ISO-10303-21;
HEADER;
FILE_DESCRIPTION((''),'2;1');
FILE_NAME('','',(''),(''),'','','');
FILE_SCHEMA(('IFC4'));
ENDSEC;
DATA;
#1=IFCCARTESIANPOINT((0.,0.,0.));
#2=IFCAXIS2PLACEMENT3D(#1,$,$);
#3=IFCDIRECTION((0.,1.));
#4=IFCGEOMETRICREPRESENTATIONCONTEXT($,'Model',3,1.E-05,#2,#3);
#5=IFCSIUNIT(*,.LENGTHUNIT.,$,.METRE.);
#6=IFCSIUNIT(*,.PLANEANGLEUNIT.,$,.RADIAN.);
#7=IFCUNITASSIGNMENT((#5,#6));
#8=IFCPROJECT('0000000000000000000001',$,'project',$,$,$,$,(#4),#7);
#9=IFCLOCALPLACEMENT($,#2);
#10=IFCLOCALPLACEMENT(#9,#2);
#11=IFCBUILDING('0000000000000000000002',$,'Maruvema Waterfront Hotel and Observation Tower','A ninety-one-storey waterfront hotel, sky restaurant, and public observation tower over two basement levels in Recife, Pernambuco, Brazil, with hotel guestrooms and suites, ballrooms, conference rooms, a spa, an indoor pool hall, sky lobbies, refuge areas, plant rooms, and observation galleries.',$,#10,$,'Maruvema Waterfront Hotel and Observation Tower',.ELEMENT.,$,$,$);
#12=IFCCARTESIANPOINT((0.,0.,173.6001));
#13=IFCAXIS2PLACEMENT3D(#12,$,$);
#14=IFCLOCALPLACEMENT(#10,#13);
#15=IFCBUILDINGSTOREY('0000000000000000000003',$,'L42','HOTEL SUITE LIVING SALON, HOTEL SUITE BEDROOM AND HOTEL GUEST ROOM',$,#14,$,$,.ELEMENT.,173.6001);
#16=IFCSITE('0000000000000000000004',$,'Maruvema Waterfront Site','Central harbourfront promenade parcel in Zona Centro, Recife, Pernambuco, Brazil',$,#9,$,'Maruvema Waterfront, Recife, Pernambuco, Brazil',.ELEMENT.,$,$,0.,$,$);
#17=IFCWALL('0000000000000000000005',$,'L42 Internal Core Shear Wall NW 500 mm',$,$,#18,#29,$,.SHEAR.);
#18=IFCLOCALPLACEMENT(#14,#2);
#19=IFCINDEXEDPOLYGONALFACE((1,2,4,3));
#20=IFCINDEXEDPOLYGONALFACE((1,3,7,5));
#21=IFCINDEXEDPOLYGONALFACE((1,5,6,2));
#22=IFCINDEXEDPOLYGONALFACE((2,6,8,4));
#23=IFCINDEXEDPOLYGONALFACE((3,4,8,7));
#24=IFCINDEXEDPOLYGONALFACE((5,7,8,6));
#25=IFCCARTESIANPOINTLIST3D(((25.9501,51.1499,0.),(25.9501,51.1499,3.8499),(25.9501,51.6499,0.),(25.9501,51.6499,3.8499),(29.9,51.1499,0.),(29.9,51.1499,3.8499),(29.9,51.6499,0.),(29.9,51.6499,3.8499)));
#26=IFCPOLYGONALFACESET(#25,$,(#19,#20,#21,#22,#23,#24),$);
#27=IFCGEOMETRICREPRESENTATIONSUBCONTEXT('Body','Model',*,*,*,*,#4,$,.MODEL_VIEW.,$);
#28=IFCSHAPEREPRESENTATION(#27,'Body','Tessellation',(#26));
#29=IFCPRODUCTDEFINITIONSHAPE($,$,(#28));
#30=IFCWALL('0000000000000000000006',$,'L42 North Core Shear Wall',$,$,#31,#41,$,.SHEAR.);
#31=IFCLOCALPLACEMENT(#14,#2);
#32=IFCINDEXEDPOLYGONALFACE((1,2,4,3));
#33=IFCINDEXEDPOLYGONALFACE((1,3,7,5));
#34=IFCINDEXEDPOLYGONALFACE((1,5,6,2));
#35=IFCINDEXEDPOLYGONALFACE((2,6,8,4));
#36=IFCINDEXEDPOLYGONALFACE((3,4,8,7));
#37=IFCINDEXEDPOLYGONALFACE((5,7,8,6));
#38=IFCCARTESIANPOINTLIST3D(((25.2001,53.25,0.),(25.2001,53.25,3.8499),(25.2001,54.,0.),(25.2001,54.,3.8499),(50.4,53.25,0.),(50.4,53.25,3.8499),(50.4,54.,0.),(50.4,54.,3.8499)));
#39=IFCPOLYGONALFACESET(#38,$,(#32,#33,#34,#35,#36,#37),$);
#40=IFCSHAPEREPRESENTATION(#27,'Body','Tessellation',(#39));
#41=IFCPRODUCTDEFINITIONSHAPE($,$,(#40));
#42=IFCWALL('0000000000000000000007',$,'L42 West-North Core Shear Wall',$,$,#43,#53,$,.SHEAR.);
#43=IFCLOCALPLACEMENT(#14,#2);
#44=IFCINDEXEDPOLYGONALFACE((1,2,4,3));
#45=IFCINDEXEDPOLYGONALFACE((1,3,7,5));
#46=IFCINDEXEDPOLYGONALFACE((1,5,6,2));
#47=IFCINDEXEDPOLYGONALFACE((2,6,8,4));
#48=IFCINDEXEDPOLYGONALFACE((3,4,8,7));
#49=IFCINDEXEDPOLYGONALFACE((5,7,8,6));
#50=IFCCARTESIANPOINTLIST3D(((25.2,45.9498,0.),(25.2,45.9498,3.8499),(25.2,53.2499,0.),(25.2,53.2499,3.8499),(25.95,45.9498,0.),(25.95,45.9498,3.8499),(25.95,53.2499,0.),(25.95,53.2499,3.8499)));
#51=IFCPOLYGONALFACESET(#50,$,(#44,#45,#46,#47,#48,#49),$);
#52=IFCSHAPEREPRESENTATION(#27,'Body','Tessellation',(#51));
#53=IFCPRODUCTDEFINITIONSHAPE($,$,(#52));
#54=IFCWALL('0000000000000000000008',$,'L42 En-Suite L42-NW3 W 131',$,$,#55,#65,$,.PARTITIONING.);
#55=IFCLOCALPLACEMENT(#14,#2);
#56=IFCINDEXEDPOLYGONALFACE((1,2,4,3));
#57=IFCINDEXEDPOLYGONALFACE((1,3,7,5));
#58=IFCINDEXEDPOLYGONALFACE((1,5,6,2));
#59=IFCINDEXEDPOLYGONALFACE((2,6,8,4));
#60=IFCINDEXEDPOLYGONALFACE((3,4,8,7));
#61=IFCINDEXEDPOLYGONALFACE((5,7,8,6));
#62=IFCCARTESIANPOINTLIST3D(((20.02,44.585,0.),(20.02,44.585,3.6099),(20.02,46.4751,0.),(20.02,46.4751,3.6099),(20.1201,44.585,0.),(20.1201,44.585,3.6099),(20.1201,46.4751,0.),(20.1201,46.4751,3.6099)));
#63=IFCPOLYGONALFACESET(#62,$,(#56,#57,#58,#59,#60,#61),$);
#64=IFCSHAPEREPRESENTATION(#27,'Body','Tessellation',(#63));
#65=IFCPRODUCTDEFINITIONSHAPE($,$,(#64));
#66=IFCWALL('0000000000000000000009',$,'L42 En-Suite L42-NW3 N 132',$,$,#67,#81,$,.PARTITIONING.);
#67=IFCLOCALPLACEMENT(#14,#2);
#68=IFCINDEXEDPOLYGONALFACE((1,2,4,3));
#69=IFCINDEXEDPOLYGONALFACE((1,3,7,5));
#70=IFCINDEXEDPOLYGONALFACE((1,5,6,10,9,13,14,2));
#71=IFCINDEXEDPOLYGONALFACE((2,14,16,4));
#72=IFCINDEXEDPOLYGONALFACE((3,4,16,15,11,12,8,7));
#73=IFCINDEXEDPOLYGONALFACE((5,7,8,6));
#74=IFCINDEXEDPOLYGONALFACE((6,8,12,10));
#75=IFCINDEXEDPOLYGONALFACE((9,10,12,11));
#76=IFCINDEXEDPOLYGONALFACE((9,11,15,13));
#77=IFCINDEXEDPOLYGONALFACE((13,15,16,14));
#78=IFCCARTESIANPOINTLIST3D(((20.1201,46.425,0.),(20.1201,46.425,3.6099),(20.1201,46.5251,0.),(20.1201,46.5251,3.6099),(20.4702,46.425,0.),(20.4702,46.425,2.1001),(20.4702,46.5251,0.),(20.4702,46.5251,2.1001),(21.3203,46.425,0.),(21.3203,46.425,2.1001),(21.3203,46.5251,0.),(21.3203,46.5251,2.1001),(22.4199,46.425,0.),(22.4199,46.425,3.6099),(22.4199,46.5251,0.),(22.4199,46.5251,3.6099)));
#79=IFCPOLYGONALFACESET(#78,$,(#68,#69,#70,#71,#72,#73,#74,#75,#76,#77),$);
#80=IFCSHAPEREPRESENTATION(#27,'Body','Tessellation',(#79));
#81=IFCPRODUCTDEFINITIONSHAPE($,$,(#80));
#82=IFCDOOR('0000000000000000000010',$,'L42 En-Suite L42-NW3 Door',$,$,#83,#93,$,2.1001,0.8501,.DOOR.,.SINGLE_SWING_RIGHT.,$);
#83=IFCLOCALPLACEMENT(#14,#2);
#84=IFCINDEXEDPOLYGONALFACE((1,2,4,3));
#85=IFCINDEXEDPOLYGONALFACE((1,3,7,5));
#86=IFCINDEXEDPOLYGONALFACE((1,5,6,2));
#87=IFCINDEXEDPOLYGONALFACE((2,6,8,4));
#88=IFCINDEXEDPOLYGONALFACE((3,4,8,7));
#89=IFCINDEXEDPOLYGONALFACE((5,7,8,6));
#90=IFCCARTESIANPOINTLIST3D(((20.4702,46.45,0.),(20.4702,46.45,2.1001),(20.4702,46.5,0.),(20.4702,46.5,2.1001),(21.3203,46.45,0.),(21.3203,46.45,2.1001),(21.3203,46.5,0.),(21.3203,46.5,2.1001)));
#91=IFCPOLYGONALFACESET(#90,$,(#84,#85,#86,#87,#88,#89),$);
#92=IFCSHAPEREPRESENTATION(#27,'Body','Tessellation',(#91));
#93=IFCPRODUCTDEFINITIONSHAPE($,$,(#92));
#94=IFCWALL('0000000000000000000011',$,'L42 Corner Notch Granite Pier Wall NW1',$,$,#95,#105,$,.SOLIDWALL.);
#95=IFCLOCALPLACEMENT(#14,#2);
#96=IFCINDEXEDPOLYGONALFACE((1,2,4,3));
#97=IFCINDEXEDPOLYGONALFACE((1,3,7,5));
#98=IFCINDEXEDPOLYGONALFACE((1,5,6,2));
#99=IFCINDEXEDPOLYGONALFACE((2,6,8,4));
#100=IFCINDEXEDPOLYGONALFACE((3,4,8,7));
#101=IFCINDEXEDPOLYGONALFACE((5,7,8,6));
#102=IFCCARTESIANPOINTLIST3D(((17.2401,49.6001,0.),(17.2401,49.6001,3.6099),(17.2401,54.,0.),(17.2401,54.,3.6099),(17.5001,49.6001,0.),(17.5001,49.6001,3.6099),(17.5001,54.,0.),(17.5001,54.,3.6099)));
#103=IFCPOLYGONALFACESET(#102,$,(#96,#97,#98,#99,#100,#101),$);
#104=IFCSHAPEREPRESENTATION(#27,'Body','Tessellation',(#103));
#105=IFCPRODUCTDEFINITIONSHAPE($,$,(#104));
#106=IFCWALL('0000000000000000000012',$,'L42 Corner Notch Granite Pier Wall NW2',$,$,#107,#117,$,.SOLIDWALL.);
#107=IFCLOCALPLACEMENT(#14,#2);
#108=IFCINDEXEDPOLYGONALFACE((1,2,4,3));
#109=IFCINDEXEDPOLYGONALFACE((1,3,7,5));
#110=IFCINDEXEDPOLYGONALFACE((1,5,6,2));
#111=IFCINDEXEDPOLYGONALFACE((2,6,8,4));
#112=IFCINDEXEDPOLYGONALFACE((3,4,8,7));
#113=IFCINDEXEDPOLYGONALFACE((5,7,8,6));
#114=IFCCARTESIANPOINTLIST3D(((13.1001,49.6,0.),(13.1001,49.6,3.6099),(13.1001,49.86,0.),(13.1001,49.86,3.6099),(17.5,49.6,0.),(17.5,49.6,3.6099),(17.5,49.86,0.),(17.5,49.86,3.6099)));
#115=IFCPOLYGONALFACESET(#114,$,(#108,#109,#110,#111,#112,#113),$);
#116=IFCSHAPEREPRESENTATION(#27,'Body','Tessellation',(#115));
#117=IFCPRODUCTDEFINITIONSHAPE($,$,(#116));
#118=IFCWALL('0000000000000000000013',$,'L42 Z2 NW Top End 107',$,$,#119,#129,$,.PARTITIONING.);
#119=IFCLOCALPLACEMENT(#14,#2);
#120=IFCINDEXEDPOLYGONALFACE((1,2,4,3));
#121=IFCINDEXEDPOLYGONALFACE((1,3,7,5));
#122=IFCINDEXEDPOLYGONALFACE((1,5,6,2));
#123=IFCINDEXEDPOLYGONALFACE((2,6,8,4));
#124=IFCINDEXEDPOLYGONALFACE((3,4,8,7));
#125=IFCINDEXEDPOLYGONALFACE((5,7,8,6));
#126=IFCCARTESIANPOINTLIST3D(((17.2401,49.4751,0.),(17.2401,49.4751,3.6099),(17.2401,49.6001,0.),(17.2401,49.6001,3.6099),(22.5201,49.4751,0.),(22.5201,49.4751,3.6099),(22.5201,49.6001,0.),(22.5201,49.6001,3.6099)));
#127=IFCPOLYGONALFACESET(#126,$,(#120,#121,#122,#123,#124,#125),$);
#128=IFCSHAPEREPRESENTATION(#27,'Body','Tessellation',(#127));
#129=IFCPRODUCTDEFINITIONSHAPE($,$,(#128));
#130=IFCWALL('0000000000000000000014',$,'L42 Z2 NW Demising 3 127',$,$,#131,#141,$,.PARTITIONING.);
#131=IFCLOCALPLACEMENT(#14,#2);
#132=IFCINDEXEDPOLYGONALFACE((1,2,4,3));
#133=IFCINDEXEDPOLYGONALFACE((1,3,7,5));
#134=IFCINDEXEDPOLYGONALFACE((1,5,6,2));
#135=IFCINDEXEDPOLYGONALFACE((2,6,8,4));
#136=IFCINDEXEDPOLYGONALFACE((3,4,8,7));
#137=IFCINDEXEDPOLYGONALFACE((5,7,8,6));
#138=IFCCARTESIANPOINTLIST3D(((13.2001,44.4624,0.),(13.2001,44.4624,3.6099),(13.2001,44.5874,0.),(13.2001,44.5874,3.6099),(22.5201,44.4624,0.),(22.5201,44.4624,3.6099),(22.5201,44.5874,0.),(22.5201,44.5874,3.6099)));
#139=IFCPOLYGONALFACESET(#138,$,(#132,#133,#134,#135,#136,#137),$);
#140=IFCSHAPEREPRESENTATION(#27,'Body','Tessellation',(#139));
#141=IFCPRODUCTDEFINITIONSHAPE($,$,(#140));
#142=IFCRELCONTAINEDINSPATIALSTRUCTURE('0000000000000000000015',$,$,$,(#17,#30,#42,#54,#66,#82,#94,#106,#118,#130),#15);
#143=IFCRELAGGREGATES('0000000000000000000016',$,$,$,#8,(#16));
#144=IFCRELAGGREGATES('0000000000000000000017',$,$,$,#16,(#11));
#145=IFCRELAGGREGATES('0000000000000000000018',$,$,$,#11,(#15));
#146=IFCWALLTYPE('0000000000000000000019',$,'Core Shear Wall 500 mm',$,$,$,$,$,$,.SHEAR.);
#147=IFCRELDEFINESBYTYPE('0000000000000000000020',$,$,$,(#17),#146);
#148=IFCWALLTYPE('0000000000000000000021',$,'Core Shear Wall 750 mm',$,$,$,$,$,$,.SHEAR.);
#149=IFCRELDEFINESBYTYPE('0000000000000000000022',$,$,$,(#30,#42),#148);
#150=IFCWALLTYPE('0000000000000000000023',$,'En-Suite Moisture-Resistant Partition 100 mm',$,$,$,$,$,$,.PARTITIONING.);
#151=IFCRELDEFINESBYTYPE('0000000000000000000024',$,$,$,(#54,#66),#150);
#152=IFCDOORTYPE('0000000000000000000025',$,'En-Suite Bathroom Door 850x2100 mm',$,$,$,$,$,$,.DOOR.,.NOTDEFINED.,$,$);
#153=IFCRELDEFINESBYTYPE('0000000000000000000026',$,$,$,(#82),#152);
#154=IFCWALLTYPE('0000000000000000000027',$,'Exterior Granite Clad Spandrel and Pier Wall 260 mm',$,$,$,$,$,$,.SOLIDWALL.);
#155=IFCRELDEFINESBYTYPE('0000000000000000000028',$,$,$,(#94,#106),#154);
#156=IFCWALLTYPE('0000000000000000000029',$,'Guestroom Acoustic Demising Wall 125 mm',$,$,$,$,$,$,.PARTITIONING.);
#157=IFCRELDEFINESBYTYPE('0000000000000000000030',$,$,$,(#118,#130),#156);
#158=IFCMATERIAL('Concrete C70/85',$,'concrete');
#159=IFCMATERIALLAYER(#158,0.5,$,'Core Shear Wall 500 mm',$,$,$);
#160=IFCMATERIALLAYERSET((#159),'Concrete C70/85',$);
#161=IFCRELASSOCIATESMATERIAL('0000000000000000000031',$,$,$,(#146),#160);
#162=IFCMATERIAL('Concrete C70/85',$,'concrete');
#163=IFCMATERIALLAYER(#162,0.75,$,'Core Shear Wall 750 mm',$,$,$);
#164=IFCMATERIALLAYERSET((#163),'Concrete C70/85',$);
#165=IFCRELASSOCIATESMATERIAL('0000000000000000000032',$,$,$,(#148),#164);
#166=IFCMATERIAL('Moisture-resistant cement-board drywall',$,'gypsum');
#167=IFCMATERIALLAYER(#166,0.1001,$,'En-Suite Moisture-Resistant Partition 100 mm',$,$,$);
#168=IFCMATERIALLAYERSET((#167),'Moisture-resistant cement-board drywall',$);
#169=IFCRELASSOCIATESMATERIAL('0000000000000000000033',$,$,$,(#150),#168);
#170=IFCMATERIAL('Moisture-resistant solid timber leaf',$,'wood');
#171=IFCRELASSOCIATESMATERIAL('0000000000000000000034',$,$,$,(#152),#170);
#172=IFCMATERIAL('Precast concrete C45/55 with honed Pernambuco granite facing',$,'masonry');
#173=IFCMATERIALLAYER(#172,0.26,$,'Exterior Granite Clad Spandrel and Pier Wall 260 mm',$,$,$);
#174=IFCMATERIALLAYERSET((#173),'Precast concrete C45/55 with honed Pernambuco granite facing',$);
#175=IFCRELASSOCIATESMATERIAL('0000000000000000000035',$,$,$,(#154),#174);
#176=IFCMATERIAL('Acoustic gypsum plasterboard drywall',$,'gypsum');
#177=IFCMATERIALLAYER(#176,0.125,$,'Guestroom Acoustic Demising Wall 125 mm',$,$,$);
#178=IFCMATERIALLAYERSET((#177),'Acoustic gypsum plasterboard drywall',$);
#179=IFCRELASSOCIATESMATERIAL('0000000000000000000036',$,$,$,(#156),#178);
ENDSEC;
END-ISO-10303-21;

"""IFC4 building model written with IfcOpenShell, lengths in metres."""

from ifc_helpers import new_model, si_unit, direction, frame, frame_2d, origin, place, context, subcontext, project, spatial, rectangle, extrude, material, layer, layer_set, type_object, element, fill, save


model = new_model("IFC4")

# Units and contexts
model_context = context("Model", 3, precision=1e-05, world=origin(), true_north=direction((0.0, 1.0)))
body_context = subcontext(model_context, "Body", "Model", "MODEL_VIEW")
ifc_project = project(units=[si_unit("LENGTHUNIT", "METRE"), si_unit("PLANEANGLEUNIT", "RADIAN")], contexts=[model_context])

# Site, building, storey
site_placement = place(None, origin())
site = spatial("IfcSite", under=ifc_project, at=site_placement, Name="Maruvema Waterfront Site", Description="Central harbourfront promenade parcel in Zona Centro, Recife, Pernambuco, Brazil", LongName="Maruvema Waterfront, Recife, Pernambuco, Brazil", CompositionType="ELEMENT", RefElevation=0.0)
building_placement = place(site_placement, origin())
building = spatial("IfcBuilding", under=site, at=building_placement, Name="Maruvema Waterfront Hotel and Observation Tower", Description="A ninety-one-storey waterfront hotel, sky restaurant, and public observation tower over two basement levels in Recife, Pernambuco, Brazil, with hotel guestrooms and suites, ballrooms, conference rooms, a spa, an indoor pool hall, sky lobbies, refuge areas, plant rooms, and observation galleries.", LongName="Maruvema Waterfront Hotel and Observation Tower", CompositionType="ELEMENT")
storey_placement = place(building_placement, frame((0.0, 0.0, 173.6001)))
storey = spatial("IfcBuildingStorey", under=building, at=storey_placement, Name="L42", Description="HOTEL SUITE LIVING SALON, HOTEL SUITE BEDROOM AND HOTEL GUEST ROOM", CompositionType="ELEMENT", Elevation=173.6001)

# Walls
ifc_material_1 = material(Name="Concrete C70/85", Category="concrete")
ifc_layer_1 = layer(ifc_material_1, 0.5, Name="Core Shear Wall 500 mm")
ifc_layer_set_1 = layer_set([ifc_layer_1], Name="Concrete C70/85")
wall_type_1 = type_object("IfcWallType", Name="Core Shear Wall 500 mm", PredefinedType="SHEAR", material=ifc_layer_set_1)
wall_1_placement = place(storey_placement, frame((25.95, 51.3999, 0.0), z_axis=(0.0, 0.0, 1.0), x_axis=(1.0, 0.0, 0.0)))
element("IfcWall", 1, at=wall_1_placement, inside=storey, type_object=wall_type_1, Name="L42 Internal Core Shear Wall NW 500 mm", PredefinedType="SHEAR", context=body_context, shape_type="SweptSolid", body=[
    extrude(rectangle(XDim=3.95, YDim=0.5, at=frame_2d((1.9751, 0.0))), origin(), (0.0, 0.0, 1.0), 3.8499),
])
ifc_material_2 = material(Name="Concrete C70/85", Category="concrete")
ifc_layer_2 = layer(ifc_material_2, 0.75, Name="Core Shear Wall 750 mm")
ifc_layer_set_2 = layer_set([ifc_layer_2], Name="Concrete C70/85")
wall_type_2 = type_object("IfcWallType", Name="Core Shear Wall 750 mm", PredefinedType="SHEAR", material=ifc_layer_set_2)
wall_2_placement = place(storey_placement, frame((25.2, 53.625, 0.0), z_axis=(0.0, 0.0, 1.0), x_axis=(1.0, 0.0, 0.0)))
element("IfcWall", 2, at=wall_2_placement, inside=storey, type_object=wall_type_2, Name="L42 North Core Shear Wall", PredefinedType="SHEAR", context=body_context, shape_type="SweptSolid", body=[
    extrude(rectangle(XDim=25.2, YDim=0.75, at=frame_2d((12.6001, 0.0))), origin(), (0.0, 0.0, 1.0), 3.8499),
])
wall_3_placement = place(storey_placement, frame((25.575, 45.95, 0.0), z_axis=(0.0, 0.0, 1.0), x_axis=(0.0, 1.0, 0.0)))
element("IfcWall", 3, at=wall_3_placement, inside=storey, type_object=wall_type_2, Name="L42 West-North Core Shear Wall", PredefinedType="SHEAR", context=body_context, shape_type="SweptSolid", body=[
    extrude(rectangle(XDim=7.3, YDim=0.75, at=frame_2d((3.6499, 0.0))), origin(), (0.0, 0.0, 1.0), 3.8499),
])
ifc_material_3 = material(Name="Moisture-resistant cement-board drywall", Category="gypsum")
ifc_layer_3 = layer(ifc_material_3, 0.1001, Name="En-Suite Moisture-Resistant Partition 100 mm")
ifc_layer_set_3 = layer_set([ifc_layer_3], Name="Moisture-resistant cement-board drywall")
wall_type_3 = type_object("IfcWallType", Name="En-Suite Moisture-Resistant Partition 100 mm", PredefinedType="PARTITIONING", material=ifc_layer_set_3)
wall_4_placement = place(storey_placement, frame((20.0701, 44.585, 0.0), z_axis=(0.0, 0.0, 1.0), x_axis=(0.0, 1.0, 0.0)))
element("IfcWall", 4, at=wall_4_placement, inside=storey, type_object=wall_type_3, Name="L42 En-Suite L42-NW3 W 131", PredefinedType="PARTITIONING", context=body_context, shape_type="SweptSolid", body=[
    extrude(rectangle(XDim=1.8901, YDim=0.1001, at=frame_2d((0.9451, 0.0))), origin(), (0.0, 0.0, 1.0), 3.6099),
])

# Wall, opening, door
wall_5_placement = place(storey_placement, frame((20.1201, 46.4751, 0.0), z_axis=(0.0, 0.0, 1.0), x_axis=(1.0, 0.0, 0.0)))
wall_5 = element("IfcWall", 5, at=wall_5_placement, inside=storey, type_object=wall_type_3, Name="L42 En-Suite L42-NW3 N 132", PredefinedType="PARTITIONING", context=body_context, shape_type="SweptSolid", body=[
    extrude(rectangle(XDim=2.2998, YDim=0.1001, at=frame_2d((1.1499, 0.0))), origin(), (0.0, 0.0, 1.0), 3.6099),
])
opening_1_placement = place(wall_5_placement, frame((0.3501, 0.0, 0.0)))
opening_1 = element("IfcOpeningElement", 6, at=opening_1_placement, cuts=wall_5, PredefinedType="OPENING", context=body_context, shape_type="SweptSolid", body=[
    extrude(rectangle(XDim=0.8501, YDim=2.1001, at=frame_2d((0.425, 1.05))), frame((0.0, 0.0601, 0.0), z_axis=(0.0, -1.0, 0.0), x_axis=(1.0, 0.0, 0.0)), (0.0, 0.0, 1.0), 0.1201),
])
ifc_material_4 = material(Name="Moisture-resistant solid timber leaf", Category="wood")
door_type_1 = type_object("IfcDoorType", Name="En-Suite Bathroom Door 850x2100 mm", OperationType="NOTDEFINED", PredefinedType="DOOR", material=ifc_material_4)
door_1_placement = place(opening_1_placement, origin())
door_1 = element("IfcDoor", 7, at=door_1_placement, inside=storey, type_object=door_type_1, Name="L42 En-Suite L42-NW3 Door", OperationType="SINGLE_SWING_RIGHT", OverallHeight=2.1001, OverallWidth=0.8501, PredefinedType="DOOR", context=body_context, shape_type="SweptSolid", body=[
    extrude(rectangle(XDim=0.8501, YDim=2.1001, at=frame_2d((0.425, 1.05))), frame((0.0, 0.0249, 0.0), z_axis=(0.0, -1.0, 0.0), x_axis=(1.0, 0.0, 0.0)), (0.0, 0.0, 1.0), 0.05),
])
fill(opening_1, door_1)

# Walls
ifc_material_5 = material(Name="Precast concrete C45/55 with honed Pernambuco granite facing", Category="masonry")
ifc_layer_4 = layer(ifc_material_5, 0.26, Name="Exterior Granite Clad Spandrel and Pier Wall 260 mm")
ifc_layer_set_4 = layer_set([ifc_layer_4], Name="Precast concrete C45/55 with honed Pernambuco granite facing")
wall_type_4 = type_object("IfcWallType", Name="Exterior Granite Clad Spandrel and Pier Wall 260 mm", PredefinedType="SOLIDWALL", material=ifc_layer_set_4)
for number, where, z_axis, x_axis, name in (
    (8, (17.3701, 49.6001, 0.0), (0.0, 0.0, 1.0), (0.0, 1.0, 0.0), "L42 Corner Notch Granite Pier Wall NW1"),
    (9, (13.1001, 49.73, 0.0), (0.0, 0.0, 1.0), (1.0, 0.0, 0.0), "L42 Corner Notch Granite Pier Wall NW2"),
):
    element("IfcWall", number, at=place(storey_placement, frame(where, z_axis=z_axis, x_axis=x_axis)), inside=storey, type_object=wall_type_4, Name=name, PredefinedType="SOLIDWALL", context=body_context, shape_type="SweptSolid", body=[
        extrude(rectangle(XDim=4.3999, YDim=0.26, at=frame_2d((2.2, 0.0))), origin(), (0.0, 0.0, 1.0), 3.6099),
    ])
ifc_material_6 = material(Name="Acoustic gypsum plasterboard drywall", Category="gypsum")
ifc_layer_5 = layer(ifc_material_6, 0.125, Name="Guestroom Acoustic Demising Wall 125 mm")
ifc_layer_set_5 = layer_set([ifc_layer_5], Name="Acoustic gypsum plasterboard drywall")
wall_type_5 = type_object("IfcWallType", Name="Guestroom Acoustic Demising Wall 125 mm", PredefinedType="PARTITIONING", material=ifc_layer_set_5)
wall_6_placement = place(storey_placement, frame((17.24, 49.5376, 0.0), z_axis=(0.0, 0.0, 1.0), x_axis=(1.0, 0.0, 0.0)))
element("IfcWall", 10, at=wall_6_placement, inside=storey, type_object=wall_type_5, Name="L42 Z2 NW Top End 107", PredefinedType="PARTITIONING", context=body_context, shape_type="SweptSolid", body=[
    extrude(rectangle(XDim=5.28, YDim=0.125, at=frame_2d((2.6401, 0.0))), origin(), (0.0, 0.0, 1.0), 3.6099),
])
wall_7_placement = place(storey_placement, frame((13.2, 44.5249, 0.0), z_axis=(0.0, 0.0, 1.0), x_axis=(1.0, 0.0, 0.0)))
element("IfcWall", 11, at=wall_7_placement, inside=storey, type_object=wall_type_5, Name="L42 Z2 NW Demising 3 127", PredefinedType="PARTITIONING", context=body_context, shape_type="SweptSolid", body=[
    extrude(rectangle(XDim=9.3201, YDim=0.125, at=frame_2d((4.6602, 0.0))), origin(), (0.0, 0.0, 1.0), 3.6099),
])

save(model, "model.ifc")
